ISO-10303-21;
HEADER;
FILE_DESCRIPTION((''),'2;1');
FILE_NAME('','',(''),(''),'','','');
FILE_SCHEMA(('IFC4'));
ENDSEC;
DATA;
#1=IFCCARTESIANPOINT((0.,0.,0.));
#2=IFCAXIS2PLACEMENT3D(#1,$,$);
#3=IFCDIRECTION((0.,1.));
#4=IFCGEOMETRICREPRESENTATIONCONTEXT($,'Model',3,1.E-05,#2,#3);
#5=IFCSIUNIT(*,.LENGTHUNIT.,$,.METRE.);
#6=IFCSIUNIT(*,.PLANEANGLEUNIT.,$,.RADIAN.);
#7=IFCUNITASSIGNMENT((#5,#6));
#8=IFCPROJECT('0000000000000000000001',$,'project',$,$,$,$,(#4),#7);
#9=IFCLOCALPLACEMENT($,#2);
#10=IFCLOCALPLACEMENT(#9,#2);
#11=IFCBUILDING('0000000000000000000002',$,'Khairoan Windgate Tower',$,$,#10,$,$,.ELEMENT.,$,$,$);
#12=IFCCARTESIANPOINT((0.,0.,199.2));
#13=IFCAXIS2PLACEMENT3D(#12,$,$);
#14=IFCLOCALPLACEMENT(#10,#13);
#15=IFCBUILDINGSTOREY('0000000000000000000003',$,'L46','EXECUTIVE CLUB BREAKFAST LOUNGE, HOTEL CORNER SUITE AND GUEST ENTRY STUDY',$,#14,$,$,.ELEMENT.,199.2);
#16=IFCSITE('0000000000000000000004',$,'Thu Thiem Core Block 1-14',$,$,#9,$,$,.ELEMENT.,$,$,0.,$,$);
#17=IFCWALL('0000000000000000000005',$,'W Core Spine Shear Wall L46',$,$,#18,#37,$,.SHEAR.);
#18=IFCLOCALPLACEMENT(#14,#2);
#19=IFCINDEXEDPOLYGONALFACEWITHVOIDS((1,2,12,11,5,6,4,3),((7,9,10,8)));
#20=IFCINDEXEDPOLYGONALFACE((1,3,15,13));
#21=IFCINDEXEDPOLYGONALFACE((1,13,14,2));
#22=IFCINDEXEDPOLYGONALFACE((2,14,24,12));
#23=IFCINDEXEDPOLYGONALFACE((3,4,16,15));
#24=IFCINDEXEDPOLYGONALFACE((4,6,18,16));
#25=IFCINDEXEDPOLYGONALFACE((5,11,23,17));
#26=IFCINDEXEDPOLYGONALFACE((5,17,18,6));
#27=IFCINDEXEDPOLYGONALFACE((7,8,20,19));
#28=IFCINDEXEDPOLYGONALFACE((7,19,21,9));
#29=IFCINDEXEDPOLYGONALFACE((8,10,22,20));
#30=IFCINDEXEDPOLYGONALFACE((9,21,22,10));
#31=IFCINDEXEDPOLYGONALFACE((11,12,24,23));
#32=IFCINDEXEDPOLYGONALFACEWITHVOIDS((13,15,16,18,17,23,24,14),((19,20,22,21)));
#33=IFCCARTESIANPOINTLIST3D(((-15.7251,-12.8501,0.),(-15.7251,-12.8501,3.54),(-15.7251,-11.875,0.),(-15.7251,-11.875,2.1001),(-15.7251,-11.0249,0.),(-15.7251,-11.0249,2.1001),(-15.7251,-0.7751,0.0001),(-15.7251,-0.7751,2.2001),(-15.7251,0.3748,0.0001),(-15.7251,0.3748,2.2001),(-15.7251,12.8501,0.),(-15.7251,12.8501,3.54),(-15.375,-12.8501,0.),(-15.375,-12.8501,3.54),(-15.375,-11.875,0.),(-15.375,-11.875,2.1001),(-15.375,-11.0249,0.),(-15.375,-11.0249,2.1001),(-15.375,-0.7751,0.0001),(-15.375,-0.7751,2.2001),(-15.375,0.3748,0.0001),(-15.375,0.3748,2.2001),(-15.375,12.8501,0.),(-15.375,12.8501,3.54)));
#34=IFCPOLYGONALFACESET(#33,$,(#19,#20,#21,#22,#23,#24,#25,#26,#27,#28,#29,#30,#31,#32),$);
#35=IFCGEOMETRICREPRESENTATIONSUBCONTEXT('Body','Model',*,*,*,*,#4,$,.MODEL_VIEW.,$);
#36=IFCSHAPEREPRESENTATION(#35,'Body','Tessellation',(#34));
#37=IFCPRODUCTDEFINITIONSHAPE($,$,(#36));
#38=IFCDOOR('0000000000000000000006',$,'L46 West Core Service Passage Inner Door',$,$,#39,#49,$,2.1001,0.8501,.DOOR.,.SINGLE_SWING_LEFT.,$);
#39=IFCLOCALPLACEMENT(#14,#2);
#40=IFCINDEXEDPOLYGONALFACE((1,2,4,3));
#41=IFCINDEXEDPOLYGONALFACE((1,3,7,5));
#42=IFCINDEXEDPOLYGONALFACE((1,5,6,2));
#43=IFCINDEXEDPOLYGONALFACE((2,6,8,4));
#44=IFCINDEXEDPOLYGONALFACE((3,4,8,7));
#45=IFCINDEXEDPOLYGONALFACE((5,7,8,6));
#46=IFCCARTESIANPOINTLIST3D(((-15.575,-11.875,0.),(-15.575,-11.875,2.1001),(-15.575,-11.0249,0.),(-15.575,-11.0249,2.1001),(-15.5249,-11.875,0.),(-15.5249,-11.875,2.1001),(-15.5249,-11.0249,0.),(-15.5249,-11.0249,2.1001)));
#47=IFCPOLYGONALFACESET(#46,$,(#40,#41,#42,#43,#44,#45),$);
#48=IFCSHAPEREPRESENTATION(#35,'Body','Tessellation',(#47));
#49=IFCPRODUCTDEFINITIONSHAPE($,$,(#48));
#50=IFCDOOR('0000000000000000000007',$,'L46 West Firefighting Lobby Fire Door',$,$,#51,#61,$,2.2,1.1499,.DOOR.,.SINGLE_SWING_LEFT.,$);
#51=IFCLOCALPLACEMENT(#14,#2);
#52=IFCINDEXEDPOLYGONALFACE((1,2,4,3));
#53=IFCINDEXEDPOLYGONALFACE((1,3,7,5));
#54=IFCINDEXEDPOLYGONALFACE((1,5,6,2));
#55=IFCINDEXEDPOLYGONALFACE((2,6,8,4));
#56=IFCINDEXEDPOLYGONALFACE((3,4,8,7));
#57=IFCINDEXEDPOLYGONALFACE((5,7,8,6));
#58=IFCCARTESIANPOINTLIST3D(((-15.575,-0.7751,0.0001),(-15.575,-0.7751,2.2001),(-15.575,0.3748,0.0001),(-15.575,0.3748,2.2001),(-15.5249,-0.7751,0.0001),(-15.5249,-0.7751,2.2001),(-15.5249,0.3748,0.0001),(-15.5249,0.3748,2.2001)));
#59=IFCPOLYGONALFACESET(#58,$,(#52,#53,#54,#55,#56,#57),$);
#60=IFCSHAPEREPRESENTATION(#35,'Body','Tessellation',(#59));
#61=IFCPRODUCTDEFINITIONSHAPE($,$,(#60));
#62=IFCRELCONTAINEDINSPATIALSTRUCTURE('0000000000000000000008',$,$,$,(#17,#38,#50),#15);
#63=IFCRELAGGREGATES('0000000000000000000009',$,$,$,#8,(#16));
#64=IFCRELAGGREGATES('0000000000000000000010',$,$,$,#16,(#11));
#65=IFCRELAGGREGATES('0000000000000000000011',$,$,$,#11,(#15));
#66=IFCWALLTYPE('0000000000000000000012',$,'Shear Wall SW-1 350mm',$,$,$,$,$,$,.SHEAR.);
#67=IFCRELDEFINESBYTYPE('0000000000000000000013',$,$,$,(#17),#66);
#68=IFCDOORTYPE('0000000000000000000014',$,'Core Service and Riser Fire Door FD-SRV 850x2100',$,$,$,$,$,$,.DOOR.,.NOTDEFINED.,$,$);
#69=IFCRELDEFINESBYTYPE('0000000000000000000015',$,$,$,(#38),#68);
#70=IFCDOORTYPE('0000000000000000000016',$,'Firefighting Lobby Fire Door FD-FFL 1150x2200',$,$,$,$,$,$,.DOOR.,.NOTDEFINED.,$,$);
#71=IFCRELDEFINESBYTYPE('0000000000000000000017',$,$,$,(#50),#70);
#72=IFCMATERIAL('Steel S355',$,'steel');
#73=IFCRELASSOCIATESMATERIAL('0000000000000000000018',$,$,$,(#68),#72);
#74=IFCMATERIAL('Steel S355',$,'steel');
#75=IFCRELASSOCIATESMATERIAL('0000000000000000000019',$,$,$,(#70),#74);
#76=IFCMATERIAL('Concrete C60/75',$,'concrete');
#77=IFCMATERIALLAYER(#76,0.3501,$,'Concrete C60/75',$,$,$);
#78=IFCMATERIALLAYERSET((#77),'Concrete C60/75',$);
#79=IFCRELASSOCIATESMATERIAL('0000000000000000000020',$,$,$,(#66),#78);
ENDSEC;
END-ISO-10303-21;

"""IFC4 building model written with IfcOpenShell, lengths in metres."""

from ifc_helpers import new_model, si_unit, direction, frame, frame_2d, origin, place, context, subcontext, project, spatial, rectangle, extrude, material, layer, layer_set, type_object, element, fill, save


model = new_model("IFC4")

# Units and contexts
model_context = context("Model", 3, precision=1e-05, world=origin(), true_north=direction((0.0, 1.0)))
body_context = subcontext(model_context, "Body", "Model", "MODEL_VIEW")
ifc_project = project(units=[si_unit("LENGTHUNIT", "METRE"), si_unit("PLANEANGLEUNIT", "RADIAN")], contexts=[model_context])

# Site, building, storey
site_placement = place(None, origin())
site = spatial("IfcSite", under=ifc_project, at=site_placement, Name="Thu Thiem Core Block 1-14", CompositionType="ELEMENT", RefElevation=0.0)
building_placement = place(site_placement, origin())
building = spatial("IfcBuilding", under=site, at=building_placement, Name="Khairoan Windgate Tower", CompositionType="ELEMENT")
storey_placement = place(building_placement, frame((0.0, 0.0, 199.2)))
storey = spatial("IfcBuildingStorey", under=building, at=storey_placement, Name="L46", Description="EXECUTIVE CLUB BREAKFAST LOUNGE, HOTEL CORNER SUITE AND GUEST ENTRY STUDY", CompositionType="ELEMENT", Elevation=199.2)

# Wall, openings, doors
ifc_material_1 = material(Name="Steel S355", Category="steel")
door_type_1 = type_object("IfcDoorType", Name="Core Service and Riser Fire Door FD-SRV 850x2100", OperationType="NOTDEFINED", PredefinedType="DOOR", material=ifc_material_1)
ifc_material_2 = material(Name="Steel S355", Category="steel")
door_type_2 = type_object("IfcDoorType", Name="Firefighting Lobby Fire Door FD-FFL 1150x2200", OperationType="NOTDEFINED", PredefinedType="DOOR", material=ifc_material_2)
ifc_material_3 = material(Name="Concrete C60/75", Category="concrete")
ifc_layer_1 = layer(ifc_material_3, 0.3501, Name="Concrete C60/75")
ifc_layer_set_1 = layer_set([ifc_layer_1], Name="Concrete C60/75")
wall_type_1 = type_object("IfcWallType", Name="Shear Wall SW-1 350mm", PredefinedType="SHEAR", material=ifc_layer_set_1)
wall_1_placement = place(storey_placement, frame((-15.55, -12.8501, 0.0), z_axis=(0.0, 0.0, 1.0), x_axis=(0.0, 1.0, 0.0)))
wall_1 = element("IfcWall", 1, at=wall_1_placement, inside=storey, type_object=wall_type_1, Name="W Core Spine Shear Wall L46", PredefinedType="SHEAR", context=body_context, shape_type="SweptSolid", body=[
    extrude(rectangle(XDim=25.7002, YDim=0.3501, at=frame_2d((12.8501, 0.0))), origin(), (0.0, 0.0, 1.0), 3.54),
])
opening_1_placement = place(wall_1_placement, frame((12.075, 0.0, 0.0)))
opening_1 = element("IfcOpeningElement", 2, at=opening_1_placement, cuts=wall_1, PredefinedType="OPENING", context=body_context, shape_type="SweptSolid", body=[
    extrude(rectangle(XDim=1.1499, YDim=2.2, at=frame_2d((0.575, 1.1001))), frame((0.0, 0.1851, 0.0), z_axis=(0.0, -1.0, 0.0), x_axis=(1.0, 0.0, 0.0)), (0.0, 0.0, 1.0), 0.3701),
])
opening_2_placement = place(wall_1_placement, frame((0.9751, 0.0, 0.0)))
opening_2 = element("IfcOpeningElement", 3, at=opening_2_placement, cuts=wall_1, PredefinedType="OPENING", context=body_context, shape_type="SweptSolid", body=[
    extrude(rectangle(XDim=0.8501, YDim=2.1001, at=frame_2d((0.425, 1.05))), frame((0.0, 0.1851, 0.0), z_axis=(0.0, -1.0, 0.0), x_axis=(1.0, 0.0, 0.0)), (0.0, 0.0, 1.0), 0.3701),
])
door_1_placement = place(opening_2_placement, origin())
door_1 = element("IfcDoor", 4, at=door_1_placement, inside=storey, type_object=door_type_1, Name="L46 West Core Service Passage Inner Door", OperationType="SINGLE_SWING_LEFT", OverallHeight=2.1001, OverallWidth=0.8501, PredefinedType="DOOR", context=body_context, shape_type="SweptSolid", body=[
    extrude(rectangle(XDim=0.8501, YDim=2.1001, at=frame_2d((0.425, 1.05))), frame((0.0, 0.0249, 0.0), z_axis=(0.0, -1.0, 0.0), x_axis=(1.0, 0.0, 0.0)), (0.0, 0.0, 1.0), 0.05),
])
fill(opening_2, door_1)
door_2_placement = place(opening_1_placement, origin())
door_2 = element("IfcDoor", 5, at=door_2_placement, inside=storey, type_object=door_type_2, Name="L46 West Firefighting Lobby Fire Door", OperationType="SINGLE_SWING_LEFT", OverallHeight=2.2, OverallWidth=1.1499, PredefinedType="DOOR", context=body_context, shape_type="SweptSolid", body=[
    extrude(rectangle(XDim=1.1499, YDim=2.2, at=frame_2d((0.575, 1.1001))), frame((0.0, 0.0249, 0.0), z_axis=(0.0, -1.0, 0.0), x_axis=(1.0, 0.0, 0.0)), (0.0, 0.0, 1.0), 0.05),
])
fill(opening_1, door_2)

save(model, "model.ifc")
